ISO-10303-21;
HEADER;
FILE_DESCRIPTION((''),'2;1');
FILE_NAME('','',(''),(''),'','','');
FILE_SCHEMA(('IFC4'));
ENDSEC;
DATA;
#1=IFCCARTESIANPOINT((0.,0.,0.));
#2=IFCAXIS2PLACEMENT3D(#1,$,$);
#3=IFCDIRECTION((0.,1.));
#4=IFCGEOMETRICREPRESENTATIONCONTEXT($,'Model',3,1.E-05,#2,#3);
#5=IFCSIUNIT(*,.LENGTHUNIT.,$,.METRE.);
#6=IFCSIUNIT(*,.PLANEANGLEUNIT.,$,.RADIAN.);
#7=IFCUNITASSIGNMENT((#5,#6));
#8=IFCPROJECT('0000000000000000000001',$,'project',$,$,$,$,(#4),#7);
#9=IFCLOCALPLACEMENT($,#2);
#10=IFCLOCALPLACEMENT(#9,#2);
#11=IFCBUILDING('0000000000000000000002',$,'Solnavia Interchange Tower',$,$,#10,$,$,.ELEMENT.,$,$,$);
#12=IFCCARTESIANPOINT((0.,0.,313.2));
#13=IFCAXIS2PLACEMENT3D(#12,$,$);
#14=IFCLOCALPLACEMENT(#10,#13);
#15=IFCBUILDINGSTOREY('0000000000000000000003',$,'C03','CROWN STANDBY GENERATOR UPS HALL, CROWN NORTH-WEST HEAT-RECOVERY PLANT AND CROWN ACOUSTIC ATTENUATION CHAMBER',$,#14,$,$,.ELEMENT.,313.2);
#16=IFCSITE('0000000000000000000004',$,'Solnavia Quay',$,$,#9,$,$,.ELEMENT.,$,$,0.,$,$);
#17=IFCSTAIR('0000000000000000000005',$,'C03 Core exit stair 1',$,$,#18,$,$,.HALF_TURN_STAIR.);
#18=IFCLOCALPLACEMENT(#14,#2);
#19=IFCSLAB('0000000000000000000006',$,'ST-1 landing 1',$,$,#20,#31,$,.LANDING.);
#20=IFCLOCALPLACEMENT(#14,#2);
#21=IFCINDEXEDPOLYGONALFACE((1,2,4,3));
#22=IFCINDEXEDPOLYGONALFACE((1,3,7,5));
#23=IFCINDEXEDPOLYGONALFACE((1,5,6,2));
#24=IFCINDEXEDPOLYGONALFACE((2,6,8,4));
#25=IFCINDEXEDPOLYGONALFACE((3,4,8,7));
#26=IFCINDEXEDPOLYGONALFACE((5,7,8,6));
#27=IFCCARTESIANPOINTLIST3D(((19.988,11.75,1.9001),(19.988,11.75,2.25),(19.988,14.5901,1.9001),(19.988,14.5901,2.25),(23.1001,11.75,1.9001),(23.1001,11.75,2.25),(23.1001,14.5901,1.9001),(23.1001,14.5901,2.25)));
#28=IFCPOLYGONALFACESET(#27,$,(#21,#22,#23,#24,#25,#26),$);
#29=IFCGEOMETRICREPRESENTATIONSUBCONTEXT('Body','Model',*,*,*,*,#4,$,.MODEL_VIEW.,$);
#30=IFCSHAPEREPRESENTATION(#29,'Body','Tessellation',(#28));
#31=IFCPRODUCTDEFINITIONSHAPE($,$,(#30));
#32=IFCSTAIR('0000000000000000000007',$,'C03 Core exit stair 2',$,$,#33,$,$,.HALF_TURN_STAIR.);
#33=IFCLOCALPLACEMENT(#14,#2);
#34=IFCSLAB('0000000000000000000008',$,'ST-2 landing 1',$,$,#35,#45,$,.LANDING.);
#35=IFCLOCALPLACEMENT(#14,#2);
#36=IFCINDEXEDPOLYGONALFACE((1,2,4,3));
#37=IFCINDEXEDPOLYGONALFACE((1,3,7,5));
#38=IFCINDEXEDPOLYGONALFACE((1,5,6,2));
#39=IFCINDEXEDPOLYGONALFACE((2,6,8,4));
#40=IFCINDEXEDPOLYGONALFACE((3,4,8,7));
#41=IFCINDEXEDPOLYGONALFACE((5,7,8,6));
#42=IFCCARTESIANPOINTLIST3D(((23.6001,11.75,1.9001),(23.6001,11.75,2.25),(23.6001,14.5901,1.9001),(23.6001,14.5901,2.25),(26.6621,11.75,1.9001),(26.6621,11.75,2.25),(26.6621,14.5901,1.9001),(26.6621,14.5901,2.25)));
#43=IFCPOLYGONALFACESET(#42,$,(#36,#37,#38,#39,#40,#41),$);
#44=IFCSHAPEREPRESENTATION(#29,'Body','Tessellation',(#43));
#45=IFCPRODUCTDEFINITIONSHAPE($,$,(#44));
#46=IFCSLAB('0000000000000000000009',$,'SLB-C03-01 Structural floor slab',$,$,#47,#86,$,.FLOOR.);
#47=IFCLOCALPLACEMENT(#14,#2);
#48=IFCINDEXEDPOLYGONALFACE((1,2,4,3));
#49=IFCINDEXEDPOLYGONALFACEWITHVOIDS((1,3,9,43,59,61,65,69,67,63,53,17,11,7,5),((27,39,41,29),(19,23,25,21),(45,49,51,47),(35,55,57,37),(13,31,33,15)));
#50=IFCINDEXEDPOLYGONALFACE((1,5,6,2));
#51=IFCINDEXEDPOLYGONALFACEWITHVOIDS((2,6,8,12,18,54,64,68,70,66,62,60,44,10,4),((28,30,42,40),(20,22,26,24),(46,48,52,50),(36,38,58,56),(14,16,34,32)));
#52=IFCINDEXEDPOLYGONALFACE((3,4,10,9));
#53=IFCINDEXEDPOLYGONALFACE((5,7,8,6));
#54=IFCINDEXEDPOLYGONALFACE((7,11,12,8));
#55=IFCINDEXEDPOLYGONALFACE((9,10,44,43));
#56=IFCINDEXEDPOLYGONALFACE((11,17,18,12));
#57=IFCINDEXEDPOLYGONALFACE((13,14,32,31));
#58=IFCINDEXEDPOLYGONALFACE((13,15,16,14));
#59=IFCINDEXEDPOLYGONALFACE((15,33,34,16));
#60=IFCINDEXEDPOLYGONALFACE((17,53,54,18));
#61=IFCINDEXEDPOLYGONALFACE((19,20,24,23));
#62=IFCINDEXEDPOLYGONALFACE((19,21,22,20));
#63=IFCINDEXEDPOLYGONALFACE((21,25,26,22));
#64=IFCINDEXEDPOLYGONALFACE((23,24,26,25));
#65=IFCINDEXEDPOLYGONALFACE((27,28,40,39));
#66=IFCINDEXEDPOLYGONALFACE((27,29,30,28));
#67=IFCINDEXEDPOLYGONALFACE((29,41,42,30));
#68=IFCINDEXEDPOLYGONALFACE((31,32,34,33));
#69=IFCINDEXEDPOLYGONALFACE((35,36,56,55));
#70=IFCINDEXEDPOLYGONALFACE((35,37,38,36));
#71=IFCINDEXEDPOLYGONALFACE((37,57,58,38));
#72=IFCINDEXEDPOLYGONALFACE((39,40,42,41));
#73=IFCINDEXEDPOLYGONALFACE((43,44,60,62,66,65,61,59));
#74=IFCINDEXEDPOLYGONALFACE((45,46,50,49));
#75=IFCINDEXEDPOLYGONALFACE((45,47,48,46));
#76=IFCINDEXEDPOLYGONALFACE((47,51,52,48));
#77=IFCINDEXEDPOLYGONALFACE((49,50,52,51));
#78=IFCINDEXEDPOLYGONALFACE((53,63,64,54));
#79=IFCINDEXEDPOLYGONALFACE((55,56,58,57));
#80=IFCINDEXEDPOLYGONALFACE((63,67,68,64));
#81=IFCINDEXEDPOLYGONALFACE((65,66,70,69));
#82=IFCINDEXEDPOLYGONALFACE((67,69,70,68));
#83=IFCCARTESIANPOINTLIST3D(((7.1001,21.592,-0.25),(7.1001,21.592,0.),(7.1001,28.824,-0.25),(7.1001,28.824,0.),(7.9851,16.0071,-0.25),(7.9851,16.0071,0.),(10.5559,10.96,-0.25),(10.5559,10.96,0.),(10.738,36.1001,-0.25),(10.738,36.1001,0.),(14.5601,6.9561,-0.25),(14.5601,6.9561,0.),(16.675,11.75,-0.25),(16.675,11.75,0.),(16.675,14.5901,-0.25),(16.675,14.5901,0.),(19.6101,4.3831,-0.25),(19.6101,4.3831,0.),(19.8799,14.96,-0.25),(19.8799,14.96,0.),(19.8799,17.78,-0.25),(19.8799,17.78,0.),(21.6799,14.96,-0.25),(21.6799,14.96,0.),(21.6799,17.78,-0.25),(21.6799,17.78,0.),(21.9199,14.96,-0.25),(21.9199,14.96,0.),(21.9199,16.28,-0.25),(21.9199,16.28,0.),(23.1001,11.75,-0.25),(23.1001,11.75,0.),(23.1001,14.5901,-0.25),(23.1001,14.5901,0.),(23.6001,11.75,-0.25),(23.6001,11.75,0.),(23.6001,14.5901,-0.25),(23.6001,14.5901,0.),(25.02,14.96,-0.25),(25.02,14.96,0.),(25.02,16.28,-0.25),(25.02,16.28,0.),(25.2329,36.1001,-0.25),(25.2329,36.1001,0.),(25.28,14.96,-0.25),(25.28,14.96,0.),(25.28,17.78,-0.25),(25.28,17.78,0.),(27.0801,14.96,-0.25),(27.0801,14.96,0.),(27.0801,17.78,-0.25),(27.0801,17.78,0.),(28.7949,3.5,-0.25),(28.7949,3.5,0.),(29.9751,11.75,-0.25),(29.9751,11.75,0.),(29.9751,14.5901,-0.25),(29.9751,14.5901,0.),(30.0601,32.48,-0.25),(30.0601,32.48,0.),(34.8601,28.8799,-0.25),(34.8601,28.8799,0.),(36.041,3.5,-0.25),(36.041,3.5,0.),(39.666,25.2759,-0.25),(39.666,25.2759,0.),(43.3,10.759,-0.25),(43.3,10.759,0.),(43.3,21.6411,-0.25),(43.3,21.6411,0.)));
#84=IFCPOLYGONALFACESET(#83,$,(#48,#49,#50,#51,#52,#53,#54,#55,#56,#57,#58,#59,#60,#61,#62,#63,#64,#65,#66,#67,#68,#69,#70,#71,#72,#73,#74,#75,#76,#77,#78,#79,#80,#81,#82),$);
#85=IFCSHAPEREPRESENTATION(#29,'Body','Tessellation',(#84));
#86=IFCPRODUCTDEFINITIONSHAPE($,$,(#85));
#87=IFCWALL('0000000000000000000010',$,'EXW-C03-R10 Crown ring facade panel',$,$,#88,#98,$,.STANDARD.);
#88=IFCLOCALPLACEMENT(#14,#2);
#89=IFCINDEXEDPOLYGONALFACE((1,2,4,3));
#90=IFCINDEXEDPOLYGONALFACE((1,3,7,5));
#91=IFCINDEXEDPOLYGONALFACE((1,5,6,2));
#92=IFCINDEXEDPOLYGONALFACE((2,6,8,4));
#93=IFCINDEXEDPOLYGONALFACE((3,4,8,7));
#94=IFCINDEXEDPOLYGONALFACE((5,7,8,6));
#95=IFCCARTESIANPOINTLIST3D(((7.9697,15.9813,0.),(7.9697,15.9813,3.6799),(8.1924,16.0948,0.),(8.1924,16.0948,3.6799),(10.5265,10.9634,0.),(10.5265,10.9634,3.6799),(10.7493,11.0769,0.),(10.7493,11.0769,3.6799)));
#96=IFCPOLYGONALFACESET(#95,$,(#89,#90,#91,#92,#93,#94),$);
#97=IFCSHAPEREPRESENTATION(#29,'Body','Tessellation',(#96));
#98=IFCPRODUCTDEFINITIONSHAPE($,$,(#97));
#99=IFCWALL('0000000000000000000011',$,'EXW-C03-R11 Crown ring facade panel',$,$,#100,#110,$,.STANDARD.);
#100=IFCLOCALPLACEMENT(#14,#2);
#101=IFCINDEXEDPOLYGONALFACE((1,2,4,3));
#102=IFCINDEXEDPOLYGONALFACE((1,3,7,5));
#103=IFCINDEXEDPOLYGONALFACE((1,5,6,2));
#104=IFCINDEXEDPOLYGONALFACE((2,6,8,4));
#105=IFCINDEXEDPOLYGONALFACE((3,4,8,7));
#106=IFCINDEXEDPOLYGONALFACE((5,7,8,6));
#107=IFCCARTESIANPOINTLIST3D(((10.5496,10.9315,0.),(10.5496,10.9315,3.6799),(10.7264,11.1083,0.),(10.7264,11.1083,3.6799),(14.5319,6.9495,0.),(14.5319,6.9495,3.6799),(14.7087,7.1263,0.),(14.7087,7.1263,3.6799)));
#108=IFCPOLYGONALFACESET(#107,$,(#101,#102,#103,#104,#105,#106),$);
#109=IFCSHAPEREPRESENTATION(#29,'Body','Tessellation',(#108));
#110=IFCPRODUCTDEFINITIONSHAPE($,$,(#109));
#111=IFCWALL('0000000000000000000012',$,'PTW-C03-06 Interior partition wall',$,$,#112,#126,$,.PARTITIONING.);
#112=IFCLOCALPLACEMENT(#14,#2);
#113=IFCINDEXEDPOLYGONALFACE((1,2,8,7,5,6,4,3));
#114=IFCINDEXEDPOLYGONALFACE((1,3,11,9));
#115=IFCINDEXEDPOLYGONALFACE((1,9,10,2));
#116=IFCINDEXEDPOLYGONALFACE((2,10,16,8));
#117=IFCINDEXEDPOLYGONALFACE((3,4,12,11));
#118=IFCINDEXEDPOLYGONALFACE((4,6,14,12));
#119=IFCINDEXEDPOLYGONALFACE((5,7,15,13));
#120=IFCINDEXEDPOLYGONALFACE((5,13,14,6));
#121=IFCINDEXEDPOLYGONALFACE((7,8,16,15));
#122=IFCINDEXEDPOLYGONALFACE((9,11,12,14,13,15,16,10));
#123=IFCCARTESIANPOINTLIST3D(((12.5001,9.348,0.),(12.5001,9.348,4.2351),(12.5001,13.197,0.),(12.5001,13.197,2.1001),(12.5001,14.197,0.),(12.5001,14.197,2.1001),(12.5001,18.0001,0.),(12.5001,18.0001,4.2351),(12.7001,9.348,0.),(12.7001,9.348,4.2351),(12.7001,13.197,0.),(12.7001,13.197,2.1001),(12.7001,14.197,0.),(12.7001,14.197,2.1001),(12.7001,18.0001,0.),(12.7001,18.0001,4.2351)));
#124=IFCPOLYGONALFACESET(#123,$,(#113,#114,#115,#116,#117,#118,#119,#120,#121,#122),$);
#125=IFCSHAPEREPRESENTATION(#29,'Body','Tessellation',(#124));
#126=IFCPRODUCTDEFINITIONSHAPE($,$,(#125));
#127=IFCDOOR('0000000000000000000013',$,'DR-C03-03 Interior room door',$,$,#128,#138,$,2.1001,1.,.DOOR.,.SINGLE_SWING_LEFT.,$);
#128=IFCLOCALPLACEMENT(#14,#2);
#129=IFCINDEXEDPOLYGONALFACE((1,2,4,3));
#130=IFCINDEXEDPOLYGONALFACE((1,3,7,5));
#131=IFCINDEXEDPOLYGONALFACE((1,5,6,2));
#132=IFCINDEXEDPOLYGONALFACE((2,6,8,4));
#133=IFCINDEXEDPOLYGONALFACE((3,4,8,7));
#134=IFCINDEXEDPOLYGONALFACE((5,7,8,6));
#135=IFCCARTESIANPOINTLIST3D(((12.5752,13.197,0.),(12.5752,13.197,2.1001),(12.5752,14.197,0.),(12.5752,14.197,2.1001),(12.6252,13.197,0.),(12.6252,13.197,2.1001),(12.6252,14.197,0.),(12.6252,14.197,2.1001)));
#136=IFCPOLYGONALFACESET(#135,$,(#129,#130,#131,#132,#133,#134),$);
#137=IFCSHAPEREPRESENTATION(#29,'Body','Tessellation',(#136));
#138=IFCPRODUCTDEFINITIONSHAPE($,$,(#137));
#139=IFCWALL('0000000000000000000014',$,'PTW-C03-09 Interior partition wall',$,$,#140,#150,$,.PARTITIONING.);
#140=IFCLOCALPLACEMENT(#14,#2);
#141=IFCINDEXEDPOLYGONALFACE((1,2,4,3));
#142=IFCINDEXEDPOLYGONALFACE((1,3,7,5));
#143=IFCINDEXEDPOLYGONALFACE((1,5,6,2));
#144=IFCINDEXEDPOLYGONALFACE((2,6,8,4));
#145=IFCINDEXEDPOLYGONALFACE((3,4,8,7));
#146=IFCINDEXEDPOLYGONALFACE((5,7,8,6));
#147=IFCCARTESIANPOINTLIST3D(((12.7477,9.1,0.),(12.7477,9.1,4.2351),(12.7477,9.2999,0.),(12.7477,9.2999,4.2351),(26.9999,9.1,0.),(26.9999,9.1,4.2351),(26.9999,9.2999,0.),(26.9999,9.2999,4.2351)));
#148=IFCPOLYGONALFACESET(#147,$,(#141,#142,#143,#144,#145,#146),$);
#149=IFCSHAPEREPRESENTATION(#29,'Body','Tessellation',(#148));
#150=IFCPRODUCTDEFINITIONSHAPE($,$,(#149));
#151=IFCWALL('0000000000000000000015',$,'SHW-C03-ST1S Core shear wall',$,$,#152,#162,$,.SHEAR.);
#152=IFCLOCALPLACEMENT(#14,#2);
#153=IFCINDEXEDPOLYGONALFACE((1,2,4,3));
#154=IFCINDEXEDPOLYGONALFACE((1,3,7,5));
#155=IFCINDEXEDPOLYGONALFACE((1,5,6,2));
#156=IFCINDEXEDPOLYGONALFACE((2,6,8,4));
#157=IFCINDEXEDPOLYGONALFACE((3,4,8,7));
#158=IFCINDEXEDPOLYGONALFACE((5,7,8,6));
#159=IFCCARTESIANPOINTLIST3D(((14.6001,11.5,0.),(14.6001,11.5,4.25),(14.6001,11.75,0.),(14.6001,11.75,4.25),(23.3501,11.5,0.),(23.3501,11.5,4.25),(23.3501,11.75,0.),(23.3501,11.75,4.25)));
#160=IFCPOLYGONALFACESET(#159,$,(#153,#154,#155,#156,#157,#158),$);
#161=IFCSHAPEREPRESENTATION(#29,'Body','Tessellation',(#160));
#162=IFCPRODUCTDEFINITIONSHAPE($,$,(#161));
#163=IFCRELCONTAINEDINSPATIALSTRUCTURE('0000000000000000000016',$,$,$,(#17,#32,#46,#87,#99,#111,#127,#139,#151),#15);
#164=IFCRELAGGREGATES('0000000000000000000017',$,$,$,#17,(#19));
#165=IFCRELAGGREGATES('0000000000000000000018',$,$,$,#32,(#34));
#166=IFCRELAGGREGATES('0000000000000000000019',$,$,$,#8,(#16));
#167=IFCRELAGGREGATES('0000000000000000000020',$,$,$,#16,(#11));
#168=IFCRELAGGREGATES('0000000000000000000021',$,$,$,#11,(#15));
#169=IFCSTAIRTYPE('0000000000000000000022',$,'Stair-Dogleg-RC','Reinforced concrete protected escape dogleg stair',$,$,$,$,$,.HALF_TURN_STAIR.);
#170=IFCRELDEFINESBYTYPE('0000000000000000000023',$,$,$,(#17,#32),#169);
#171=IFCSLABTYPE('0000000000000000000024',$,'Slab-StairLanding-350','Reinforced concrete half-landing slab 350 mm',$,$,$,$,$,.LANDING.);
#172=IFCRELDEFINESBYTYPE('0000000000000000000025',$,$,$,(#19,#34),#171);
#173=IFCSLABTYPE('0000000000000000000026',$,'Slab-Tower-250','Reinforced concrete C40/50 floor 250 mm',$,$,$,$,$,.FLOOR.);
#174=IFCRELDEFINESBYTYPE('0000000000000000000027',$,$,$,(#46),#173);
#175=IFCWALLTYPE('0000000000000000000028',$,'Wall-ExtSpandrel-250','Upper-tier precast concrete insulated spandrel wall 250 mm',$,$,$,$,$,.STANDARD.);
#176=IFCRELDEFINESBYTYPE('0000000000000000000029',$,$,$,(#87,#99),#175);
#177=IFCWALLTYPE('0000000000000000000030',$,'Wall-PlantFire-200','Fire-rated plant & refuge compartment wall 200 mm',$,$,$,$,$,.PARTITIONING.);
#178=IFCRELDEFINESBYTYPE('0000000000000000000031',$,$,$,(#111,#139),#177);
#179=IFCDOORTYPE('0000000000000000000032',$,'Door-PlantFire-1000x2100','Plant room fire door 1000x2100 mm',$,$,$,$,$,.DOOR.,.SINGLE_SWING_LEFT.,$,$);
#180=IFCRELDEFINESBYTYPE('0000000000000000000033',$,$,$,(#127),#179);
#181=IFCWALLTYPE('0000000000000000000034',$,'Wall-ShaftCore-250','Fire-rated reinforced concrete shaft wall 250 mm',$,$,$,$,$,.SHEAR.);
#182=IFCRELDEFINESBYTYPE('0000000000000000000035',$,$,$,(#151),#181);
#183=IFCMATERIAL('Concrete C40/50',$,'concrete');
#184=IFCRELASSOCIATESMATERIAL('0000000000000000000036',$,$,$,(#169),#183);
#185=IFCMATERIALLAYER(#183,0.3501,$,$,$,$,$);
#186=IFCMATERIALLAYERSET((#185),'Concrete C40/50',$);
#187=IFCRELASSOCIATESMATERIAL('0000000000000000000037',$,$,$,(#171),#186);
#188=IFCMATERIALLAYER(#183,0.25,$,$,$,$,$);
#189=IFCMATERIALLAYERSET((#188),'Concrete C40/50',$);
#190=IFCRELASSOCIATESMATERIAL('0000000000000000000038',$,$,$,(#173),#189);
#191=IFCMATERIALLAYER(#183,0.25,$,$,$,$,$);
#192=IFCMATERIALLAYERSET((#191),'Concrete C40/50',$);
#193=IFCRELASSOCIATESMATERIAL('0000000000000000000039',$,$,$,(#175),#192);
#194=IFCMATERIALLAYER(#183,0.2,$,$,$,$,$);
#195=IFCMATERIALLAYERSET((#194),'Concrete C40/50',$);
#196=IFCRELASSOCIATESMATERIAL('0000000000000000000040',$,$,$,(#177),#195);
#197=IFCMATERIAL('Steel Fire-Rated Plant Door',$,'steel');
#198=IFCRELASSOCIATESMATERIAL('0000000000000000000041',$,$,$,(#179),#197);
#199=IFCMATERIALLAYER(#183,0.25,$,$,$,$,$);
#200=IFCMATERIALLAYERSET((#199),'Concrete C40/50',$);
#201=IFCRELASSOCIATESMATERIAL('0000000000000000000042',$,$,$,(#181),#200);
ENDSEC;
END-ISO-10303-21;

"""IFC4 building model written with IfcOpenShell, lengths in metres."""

from ifc_helpers import new_model, si_unit, direction, frame, frame_2d, origin, place, context, subcontext, project, spatial, polyline, rectangle, outline, extrude, material, layer, layer_set, type_object, element, fill, aggregate, save


model = new_model("IFC4")

# Units and contexts
model_context = context("Model", 3, precision=1e-05, world=origin(), true_north=direction((0.0, 1.0)))
body_context = subcontext(model_context, "Body", "Model", "MODEL_VIEW")
ifc_project = project(units=[si_unit("LENGTHUNIT", "METRE"), si_unit("PLANEANGLEUNIT", "RADIAN")], contexts=[model_context])

# Site, building, storey
site_placement = place(None, origin())
site = spatial("IfcSite", under=ifc_project, at=site_placement, Name="Solnavia Quay", CompositionType="ELEMENT", RefElevation=0.0)
building_placement = place(site_placement, origin())
building = spatial("IfcBuilding", under=site, at=building_placement, Name="Solnavia Interchange Tower", CompositionType="ELEMENT")
storey_placement = place(building_placement, frame((0.0, 0.0, 313.2)))
storey = spatial("IfcBuildingStorey", under=building, at=storey_placement, Name="C03", Description="CROWN STANDBY GENERATOR UPS HALL, CROWN NORTH-WEST HEAT-RECOVERY PLANT AND CROWN ACOUSTIC ATTENUATION CHAMBER", CompositionType="ELEMENT", Elevation=313.2)

# Stairs, slabs
ifc_material_1 = material(Name="Concrete C40/50", Category="concrete")
stair_type = type_object("IfcStairType", Name="Stair-Dogleg-RC", Description="Reinforced concrete protected escape dogleg stair", PredefinedType="HALF_TURN_STAIR", material=ifc_material_1)
stair_1_placement = place(storey_placement, origin())
stair_1 = element("IfcStair", 1, at=stair_1_placement, inside=storey, type_object=stair_type, Name="C03 Core exit stair 1", PredefinedType="HALF_TURN_STAIR")
ifc_layer_1 = layer(ifc_material_1, 0.3501)
ifc_layer_set_1 = layer_set([ifc_layer_1], Name="Concrete C40/50")
slab_type_1 = type_object("IfcSlabType", Name="Slab-StairLanding-350", Description="Reinforced concrete half-landing slab 350 mm", PredefinedType="LANDING", material=ifc_layer_set_1)
slab_1_placement = place(storey_placement, frame((0.0, 0.0, 1.9001)))
slab_1 = element("IfcSlab", 2, at=slab_1_placement, type_object=slab_type_1, Name="ST-1 landing 1", PredefinedType="LANDING", context=body_context, shape_type="SweptSolid", body=[
    extrude(outline(polyline([(19.988, 11.75), (23.1001, 11.75), (23.1001, 14.5901), (19.988, 14.5901), (19.988, 11.75)])), origin(), (0.0, 0.0, 1.0), 0.3499),
])
aggregate(stair_1, [slab_1])
stair_2_placement = place(storey_placement, origin())
stair_2 = element("IfcStair", 3, at=stair_2_placement, inside=storey, type_object=stair_type, Name="C03 Core exit stair 2", PredefinedType="HALF_TURN_STAIR")
slab_2_placement = place(storey_placement, frame((0.0, 0.0, 1.9001)))
slab_2 = element("IfcSlab", 4, at=slab_2_placement, type_object=slab_type_1, Name="ST-2 landing 1", PredefinedType="LANDING", context=body_context, shape_type="SweptSolid", body=[
    extrude(outline(polyline([(23.6001, 11.75), (26.6621, 11.75), (26.6621, 14.5901), (23.6001, 14.5901), (23.6001, 11.75)])), origin(), (0.0, 0.0, 1.0), 0.3499),
])
aggregate(stair_2, [slab_2])

# Slab
ifc_layer_2 = layer(ifc_material_1, 0.25)
ifc_layer_set_2 = layer_set([ifc_layer_2], Name="Concrete C40/50")
slab_type_2 = type_object("IfcSlabType", Name="Slab-Tower-250", Description="Reinforced concrete C40/50 floor 250 mm", PredefinedType="FLOOR", material=ifc_layer_set_2)
slab_3_placement = place(storey_placement, frame((0.0, 0.0, -0.25)))
element("IfcSlab", 5, at=slab_3_placement, inside=storey, type_object=slab_type_2, Name="SLB-C03-01 Structural floor slab", PredefinedType="FLOOR", context=body_context, shape_type="SweptSolid", body=[
    extrude(outline(polyline([(43.3, 21.6411), (43.3, 10.759), (36.041, 3.5), (28.7949, 3.5), (19.6101, 4.3831), (14.5601, 6.9561), (10.5559, 10.96), (7.9851, 16.0071), (7.1001, 21.592), (7.1001, 28.824), (10.738, 36.1001), (25.2329, 36.1001), (30.0601, 32.48), (34.8601, 28.8799), (39.666, 25.2759), (43.3, 21.6411)]), holes=[polyline([(16.675, 11.75), (23.1001, 11.75), (23.1001, 14.5901), (16.675, 14.5901), (16.675, 11.75)]), polyline([(23.6001, 11.75), (29.9751, 11.75), (29.9751, 14.5901), (23.6001, 14.5901), (23.6001, 11.75)]), polyline([(19.8799, 14.96), (21.6799, 14.96), (21.6799, 17.78), (19.8799, 17.78), (19.8799, 14.96)]), polyline([(25.28, 14.96), (27.0801, 14.96), (27.0801, 17.78), (25.28, 17.78), (25.28, 14.96)]), polyline([(21.9199, 14.96), (25.02, 14.96), (25.02, 16.28), (21.9199, 16.28), (21.9199, 14.96)])]), origin(), (0.0, 0.0, 1.0), 0.25),
])

# Walls
ifc_layer_3 = layer(ifc_material_1, 0.25)
ifc_layer_set_3 = layer_set([ifc_layer_3], Name="Concrete C40/50")
wall_type_1 = type_object("IfcWallType", Name="Wall-ExtSpandrel-250", Description="Upper-tier precast concrete insulated spandrel wall 250 mm", PredefinedType="STANDARD", material=ifc_layer_set_3)
wall_1_placement = place(storey_placement, frame((8.0811, 16.0381, 0.0), z_axis=(0.0, 0.0, 1.0), x_axis=(0.453998, -0.891003, 0.0)))
element("IfcWall", 6, at=wall_1_placement, inside=storey, type_object=wall_type_1, Name="EXW-C03-R10 Crown ring facade panel", PredefinedType="STANDARD", context=body_context, shape_type="SweptSolid", body=[
    extrude(rectangle(XDim=5.6318, YDim=0.25, at=frame_2d((2.8159, 0.0))), origin(), (0.0, 0.0, 1.0), 3.6799),
])
wall_2_placement = place(storey_placement, frame((10.6379, 11.02, 0.0), z_axis=(0.0, 0.0, 1.0), x_axis=(0.707128, -0.707085, 0.0)))
element("IfcWall", 7, at=wall_2_placement, inside=storey, type_object=wall_type_1, Name="EXW-C03-R11 Crown ring facade panel", PredefinedType="STANDARD", context=body_context, shape_type="SweptSolid", body=[
    extrude(rectangle(XDim=5.6316, YDim=0.25, at=frame_2d((2.8159, 0.0))), origin(), (0.0, 0.0, 1.0), 3.6799),
])

# Wall, opening, door
ifc_layer_4 = layer(ifc_material_1, 0.2)
ifc_layer_set_4 = layer_set([ifc_layer_4], Name="Concrete C40/50")
wall_type_2 = type_object("IfcWallType", Name="Wall-PlantFire-200", Description="Fire-rated plant & refuge compartment wall 200 mm", PredefinedType="PARTITIONING", material=ifc_layer_set_4)
wall_3_placement = place(storey_placement, frame((12.6001, 9.3479, 0.0), z_axis=(0.0, 0.0, 1.0), x_axis=(0.0, 1.0, 0.0)))
wall_3 = element("IfcWall", 8, at=wall_3_placement, inside=storey, type_object=wall_type_2, Name="PTW-C03-06 Interior partition wall", PredefinedType="PARTITIONING", context=body_context, shape_type="SweptSolid", body=[
    extrude(rectangle(XDim=8.6521, YDim=0.2, at=frame_2d((4.3262, 0.0))), origin(), (0.0, 0.0, 1.0), 4.2351),
])
opening_1_placement = place(wall_3_placement, frame((3.8491, 0.0, 0.0)))
opening_1 = element("IfcOpeningElement", 9, at=opening_1_placement, cuts=wall_3, PredefinedType="OPENING", context=body_context, shape_type="SweptSolid", body=[
    extrude(rectangle(XDim=1.0, YDim=2.1001, at=frame_2d((0.5, 1.05))), frame((0.0, 0.1099, 0.0), z_axis=(0.0, -1.0, 0.0), x_axis=(1.0, 0.0, 0.0)), (0.0, 0.0, 1.0), 0.22),
])
ifc_material_2 = material(Name="Steel Fire-Rated Plant Door", Category="steel")
door_type_1 = type_object("IfcDoorType", Name="Door-PlantFire-1000x2100", Description="Plant room fire door 1000x2100 mm", OperationType="SINGLE_SWING_LEFT", PredefinedType="DOOR", material=ifc_material_2)
door_1_placement = place(opening_1_placement, origin())
door_1 = element("IfcDoor", 10, at=door_1_placement, inside=storey, type_object=door_type_1, Name="DR-C03-03 Interior room door", OperationType="SINGLE_SWING_LEFT", OverallHeight=2.1001, OverallWidth=1.0, PredefinedType="DOOR", context=body_context, shape_type="SweptSolid", body=[
    extrude(rectangle(XDim=1.0, YDim=2.1001, at=frame_2d((0.5, 1.05))), frame((0.0, 0.0249, 0.0), z_axis=(0.0, -1.0, 0.0), x_axis=(1.0, 0.0, 0.0)), (0.0, 0.0, 1.0), 0.05),
])
fill(opening_1, door_1)

# Walls
wall_4_placement = place(storey_placement, frame((12.7478, 9.2, 0.0), z_axis=(0.0, 0.0, 1.0), x_axis=(1.0, 0.0, 0.0)))
element("IfcWall", 11, at=wall_4_placement, inside=storey, type_object=wall_type_2, Name="PTW-C03-09 Interior partition wall", PredefinedType="PARTITIONING", context=body_context, shape_type="SweptSolid", body=[
    extrude(rectangle(XDim=14.2522, YDim=0.2, at=frame_2d((7.126, 0.0))), origin(), (0.0, 0.0, 1.0), 4.2351),
])
ifc_layer_5 = layer(ifc_material_1, 0.25)
ifc_layer_set_5 = layer_set([ifc_layer_5], Name="Concrete C40/50")
wall_type_3 = type_object("IfcWallType", Name="Wall-ShaftCore-250", Description="Fire-rated reinforced concrete shaft wall 250 mm", PredefinedType="SHEAR", material=ifc_layer_set_5)
wall_5_placement = place(storey_placement, frame((14.6001, 11.625, 0.0), z_axis=(0.0, 0.0, 1.0), x_axis=(1.0, 0.0, 0.0)))
element("IfcWall", 12, at=wall_5_placement, inside=storey, type_object=wall_type_3, Name="SHW-C03-ST1S Core shear wall", PredefinedType="SHEAR", context=body_context, shape_type="SweptSolid", body=[
    extrude(rectangle(XDim=8.75, YDim=0.25, at=frame_2d((4.375, 0.0))), origin(), (0.0, 0.0, 1.0), 4.25),
])

save(model, "model.ifc")
